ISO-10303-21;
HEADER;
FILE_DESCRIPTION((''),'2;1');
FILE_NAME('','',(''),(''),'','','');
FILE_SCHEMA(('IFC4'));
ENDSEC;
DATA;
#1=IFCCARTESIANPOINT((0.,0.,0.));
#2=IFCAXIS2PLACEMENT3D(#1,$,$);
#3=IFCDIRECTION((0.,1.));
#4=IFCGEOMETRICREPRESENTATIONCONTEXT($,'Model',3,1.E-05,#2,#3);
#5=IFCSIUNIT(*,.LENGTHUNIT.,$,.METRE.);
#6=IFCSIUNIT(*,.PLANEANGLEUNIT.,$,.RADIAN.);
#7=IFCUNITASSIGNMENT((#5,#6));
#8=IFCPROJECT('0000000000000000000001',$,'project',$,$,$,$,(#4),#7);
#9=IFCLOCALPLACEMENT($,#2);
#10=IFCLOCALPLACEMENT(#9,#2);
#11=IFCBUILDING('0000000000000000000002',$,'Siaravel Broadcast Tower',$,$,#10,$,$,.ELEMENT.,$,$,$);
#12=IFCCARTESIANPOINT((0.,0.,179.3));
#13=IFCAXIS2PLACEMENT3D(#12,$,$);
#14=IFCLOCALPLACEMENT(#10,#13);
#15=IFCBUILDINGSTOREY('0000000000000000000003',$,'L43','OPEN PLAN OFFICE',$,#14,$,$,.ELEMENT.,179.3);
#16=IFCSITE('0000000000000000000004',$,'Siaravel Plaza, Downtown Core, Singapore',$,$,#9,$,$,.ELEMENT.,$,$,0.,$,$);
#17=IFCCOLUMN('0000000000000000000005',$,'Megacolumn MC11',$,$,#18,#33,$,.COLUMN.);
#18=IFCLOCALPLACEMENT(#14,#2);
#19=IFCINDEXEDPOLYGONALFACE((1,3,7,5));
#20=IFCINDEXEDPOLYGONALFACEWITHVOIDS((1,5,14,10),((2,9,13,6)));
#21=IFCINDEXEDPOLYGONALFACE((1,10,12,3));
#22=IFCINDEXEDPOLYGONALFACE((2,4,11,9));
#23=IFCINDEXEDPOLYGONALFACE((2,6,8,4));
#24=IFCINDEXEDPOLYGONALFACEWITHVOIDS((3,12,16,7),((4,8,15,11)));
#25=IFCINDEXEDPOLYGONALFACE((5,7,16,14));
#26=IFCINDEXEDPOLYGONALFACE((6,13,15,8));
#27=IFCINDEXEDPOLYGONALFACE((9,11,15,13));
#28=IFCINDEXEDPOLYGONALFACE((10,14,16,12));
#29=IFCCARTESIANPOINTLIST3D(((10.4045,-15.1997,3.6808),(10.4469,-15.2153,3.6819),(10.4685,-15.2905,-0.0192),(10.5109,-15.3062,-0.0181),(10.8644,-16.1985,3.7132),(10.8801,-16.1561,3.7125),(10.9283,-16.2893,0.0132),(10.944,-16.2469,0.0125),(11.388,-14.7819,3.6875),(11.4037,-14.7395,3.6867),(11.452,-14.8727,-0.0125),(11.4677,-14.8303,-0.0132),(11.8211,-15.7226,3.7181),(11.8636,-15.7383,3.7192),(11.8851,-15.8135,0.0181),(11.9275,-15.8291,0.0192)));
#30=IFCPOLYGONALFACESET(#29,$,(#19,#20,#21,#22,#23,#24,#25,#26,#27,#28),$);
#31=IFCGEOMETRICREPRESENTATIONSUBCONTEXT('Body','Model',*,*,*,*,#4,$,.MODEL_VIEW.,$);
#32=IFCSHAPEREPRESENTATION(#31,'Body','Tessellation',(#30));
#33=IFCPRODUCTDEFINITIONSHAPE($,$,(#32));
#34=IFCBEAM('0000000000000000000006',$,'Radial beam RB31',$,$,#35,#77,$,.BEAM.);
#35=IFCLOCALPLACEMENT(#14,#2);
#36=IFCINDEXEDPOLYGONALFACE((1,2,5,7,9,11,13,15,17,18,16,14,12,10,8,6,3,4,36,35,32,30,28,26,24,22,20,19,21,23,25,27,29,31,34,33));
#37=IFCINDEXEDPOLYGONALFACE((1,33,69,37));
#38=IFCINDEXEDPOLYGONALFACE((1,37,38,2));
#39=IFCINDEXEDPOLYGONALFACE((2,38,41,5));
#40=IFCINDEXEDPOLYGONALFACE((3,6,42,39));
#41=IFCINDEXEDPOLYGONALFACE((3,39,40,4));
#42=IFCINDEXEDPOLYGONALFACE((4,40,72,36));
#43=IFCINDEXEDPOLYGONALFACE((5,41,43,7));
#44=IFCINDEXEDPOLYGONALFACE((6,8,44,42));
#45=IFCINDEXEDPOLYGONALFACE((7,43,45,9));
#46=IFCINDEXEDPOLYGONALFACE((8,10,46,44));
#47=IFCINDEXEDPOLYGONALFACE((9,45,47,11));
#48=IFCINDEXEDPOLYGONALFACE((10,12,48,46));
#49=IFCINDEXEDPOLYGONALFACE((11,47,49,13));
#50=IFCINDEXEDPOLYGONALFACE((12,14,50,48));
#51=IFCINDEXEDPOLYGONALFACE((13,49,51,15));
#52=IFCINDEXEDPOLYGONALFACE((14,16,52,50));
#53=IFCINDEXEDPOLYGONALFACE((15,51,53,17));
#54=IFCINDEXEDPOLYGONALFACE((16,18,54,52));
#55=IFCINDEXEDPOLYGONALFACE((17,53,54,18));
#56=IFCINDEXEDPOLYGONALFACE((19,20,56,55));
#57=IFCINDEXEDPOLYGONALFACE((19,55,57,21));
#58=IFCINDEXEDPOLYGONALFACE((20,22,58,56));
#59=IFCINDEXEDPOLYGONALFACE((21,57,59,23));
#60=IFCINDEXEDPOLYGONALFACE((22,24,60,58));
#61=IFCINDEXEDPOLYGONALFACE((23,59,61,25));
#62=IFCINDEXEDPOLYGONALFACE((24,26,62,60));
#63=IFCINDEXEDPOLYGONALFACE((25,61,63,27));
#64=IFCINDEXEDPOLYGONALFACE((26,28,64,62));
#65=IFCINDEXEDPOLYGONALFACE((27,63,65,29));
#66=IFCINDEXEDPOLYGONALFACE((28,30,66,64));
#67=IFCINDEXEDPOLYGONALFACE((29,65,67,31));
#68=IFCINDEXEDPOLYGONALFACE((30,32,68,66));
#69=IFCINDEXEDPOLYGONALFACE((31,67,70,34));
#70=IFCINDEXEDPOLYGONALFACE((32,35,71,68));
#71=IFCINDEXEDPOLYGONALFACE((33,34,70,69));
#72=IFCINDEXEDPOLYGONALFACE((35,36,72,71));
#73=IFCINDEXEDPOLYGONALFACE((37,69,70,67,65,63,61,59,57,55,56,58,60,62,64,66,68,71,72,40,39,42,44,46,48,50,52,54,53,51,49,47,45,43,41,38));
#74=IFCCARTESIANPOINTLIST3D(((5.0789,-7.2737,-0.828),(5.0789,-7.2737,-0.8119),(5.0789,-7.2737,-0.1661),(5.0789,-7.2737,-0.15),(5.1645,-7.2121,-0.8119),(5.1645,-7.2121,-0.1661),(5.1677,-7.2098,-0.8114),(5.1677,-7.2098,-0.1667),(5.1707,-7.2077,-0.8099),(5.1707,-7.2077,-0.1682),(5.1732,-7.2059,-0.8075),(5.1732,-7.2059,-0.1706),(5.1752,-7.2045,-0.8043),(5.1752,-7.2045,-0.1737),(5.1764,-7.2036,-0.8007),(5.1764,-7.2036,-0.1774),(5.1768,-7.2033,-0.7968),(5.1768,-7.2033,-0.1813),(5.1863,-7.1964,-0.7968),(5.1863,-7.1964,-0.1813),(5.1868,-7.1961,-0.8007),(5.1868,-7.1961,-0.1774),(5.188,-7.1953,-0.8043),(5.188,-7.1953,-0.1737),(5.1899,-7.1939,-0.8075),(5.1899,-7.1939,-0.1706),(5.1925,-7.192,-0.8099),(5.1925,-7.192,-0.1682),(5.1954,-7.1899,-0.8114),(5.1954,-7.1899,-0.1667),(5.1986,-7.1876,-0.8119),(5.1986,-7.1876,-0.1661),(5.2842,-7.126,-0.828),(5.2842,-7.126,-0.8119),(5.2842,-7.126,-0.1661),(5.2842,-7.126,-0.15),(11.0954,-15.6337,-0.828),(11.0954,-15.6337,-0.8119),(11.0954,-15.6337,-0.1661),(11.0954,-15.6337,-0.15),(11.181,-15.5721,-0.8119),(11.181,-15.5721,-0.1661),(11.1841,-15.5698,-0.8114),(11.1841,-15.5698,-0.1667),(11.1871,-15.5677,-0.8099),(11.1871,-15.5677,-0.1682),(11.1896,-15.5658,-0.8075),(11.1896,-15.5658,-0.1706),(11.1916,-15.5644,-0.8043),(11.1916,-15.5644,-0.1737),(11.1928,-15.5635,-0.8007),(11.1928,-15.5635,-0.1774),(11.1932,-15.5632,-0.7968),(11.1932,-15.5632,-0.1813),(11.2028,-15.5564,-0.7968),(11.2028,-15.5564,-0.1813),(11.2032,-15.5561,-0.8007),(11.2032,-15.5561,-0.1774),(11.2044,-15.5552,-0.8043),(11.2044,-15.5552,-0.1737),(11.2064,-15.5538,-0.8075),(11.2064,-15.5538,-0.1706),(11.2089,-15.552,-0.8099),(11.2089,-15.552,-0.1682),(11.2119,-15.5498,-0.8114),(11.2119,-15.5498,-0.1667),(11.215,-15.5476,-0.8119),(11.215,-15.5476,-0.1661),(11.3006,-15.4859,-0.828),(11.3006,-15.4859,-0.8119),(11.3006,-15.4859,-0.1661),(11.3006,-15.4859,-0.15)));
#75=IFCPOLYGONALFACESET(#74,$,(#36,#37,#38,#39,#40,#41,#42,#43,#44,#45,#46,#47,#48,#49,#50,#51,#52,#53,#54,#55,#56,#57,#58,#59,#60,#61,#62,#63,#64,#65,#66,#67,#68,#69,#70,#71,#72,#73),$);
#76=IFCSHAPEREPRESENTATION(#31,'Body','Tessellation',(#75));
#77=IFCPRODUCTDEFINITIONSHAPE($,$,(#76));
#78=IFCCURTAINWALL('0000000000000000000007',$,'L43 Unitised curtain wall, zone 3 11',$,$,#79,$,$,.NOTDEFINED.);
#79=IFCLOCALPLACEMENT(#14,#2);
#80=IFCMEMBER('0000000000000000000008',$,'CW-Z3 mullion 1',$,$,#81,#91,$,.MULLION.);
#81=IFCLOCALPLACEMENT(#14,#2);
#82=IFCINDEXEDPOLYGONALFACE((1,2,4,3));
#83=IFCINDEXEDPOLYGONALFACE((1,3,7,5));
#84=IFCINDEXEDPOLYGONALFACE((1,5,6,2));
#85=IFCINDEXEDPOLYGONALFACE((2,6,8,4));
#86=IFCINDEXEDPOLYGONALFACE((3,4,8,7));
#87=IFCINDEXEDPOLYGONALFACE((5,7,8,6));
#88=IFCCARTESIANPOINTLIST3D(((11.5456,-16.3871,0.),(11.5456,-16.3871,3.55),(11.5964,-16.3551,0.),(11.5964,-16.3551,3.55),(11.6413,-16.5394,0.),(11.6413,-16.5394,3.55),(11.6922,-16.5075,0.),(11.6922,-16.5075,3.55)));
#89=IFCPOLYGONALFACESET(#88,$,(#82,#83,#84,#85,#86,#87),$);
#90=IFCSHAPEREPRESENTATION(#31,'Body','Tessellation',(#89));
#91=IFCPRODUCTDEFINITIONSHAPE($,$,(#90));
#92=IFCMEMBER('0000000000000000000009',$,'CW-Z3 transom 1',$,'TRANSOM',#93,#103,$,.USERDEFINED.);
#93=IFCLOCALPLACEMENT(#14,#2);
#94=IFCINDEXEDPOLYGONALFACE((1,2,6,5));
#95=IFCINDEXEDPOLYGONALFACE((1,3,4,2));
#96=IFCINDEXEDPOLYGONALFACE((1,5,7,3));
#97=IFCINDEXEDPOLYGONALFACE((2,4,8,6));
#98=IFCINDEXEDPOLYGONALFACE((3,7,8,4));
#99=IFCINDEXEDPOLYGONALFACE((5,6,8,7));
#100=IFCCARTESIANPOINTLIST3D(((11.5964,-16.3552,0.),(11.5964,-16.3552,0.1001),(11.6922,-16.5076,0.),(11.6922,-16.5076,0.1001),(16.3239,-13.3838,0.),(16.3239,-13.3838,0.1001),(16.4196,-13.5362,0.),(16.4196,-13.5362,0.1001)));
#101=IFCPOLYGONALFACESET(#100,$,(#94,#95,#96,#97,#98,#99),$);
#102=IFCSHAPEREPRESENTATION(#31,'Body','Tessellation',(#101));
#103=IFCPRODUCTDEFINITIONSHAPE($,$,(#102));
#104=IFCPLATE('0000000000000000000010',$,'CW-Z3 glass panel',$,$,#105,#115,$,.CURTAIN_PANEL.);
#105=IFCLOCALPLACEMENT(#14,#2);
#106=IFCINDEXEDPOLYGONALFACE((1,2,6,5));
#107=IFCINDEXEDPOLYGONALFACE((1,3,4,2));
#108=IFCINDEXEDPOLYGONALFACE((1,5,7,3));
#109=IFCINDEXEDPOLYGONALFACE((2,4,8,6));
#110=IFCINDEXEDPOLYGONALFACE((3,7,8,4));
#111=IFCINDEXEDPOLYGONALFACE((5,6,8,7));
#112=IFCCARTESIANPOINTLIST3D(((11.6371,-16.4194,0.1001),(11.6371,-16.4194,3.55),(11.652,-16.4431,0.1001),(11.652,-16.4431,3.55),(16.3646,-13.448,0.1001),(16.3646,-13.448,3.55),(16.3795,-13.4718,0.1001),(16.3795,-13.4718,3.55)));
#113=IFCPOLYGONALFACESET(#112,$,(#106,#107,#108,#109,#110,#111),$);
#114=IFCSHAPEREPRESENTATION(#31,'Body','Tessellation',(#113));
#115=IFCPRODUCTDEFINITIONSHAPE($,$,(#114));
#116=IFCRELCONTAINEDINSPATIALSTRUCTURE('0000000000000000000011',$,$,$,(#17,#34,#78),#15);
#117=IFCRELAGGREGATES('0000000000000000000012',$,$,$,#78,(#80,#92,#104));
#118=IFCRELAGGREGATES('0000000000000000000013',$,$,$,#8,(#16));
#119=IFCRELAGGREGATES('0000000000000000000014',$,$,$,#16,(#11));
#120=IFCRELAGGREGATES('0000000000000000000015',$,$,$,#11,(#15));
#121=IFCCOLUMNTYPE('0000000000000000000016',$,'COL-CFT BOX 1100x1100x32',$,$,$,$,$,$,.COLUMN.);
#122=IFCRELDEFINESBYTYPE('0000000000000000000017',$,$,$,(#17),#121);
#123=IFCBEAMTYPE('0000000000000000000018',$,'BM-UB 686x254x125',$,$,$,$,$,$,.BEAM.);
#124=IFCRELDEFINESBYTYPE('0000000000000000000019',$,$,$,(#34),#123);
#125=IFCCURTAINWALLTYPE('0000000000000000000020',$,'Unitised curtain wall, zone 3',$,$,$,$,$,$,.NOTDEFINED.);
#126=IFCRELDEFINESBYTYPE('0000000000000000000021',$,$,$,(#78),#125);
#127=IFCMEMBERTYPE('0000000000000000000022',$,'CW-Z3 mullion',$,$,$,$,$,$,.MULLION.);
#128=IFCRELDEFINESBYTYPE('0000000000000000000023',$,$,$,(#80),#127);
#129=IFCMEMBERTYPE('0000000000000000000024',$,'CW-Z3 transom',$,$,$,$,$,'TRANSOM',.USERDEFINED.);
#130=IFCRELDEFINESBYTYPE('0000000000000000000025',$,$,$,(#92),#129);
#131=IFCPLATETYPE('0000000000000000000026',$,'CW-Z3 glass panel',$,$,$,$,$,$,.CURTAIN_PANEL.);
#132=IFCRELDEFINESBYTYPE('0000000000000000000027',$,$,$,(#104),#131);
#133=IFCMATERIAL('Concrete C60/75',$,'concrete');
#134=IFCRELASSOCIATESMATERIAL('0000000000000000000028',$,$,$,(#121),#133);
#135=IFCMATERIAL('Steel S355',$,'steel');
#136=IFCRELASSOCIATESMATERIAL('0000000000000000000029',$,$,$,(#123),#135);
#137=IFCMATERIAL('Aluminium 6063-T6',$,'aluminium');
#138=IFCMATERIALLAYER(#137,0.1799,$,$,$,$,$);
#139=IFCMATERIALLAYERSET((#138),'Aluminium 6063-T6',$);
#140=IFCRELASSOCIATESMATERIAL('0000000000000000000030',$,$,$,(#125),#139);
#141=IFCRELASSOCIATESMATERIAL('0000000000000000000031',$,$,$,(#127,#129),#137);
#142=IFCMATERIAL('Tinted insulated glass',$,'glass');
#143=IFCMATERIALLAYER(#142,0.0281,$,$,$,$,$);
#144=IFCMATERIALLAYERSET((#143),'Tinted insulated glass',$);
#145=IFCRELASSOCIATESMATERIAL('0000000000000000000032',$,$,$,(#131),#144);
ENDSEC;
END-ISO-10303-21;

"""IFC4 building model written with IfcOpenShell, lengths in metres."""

from ifc_helpers import new_model, si_unit, direction, frame, origin, origin_2d, place, context, subcontext, project, spatial, rectangle, hollow_rectangle, i_section, extrude, material, layer, layer_set, material_profile, profile_set, type_object, element, aggregate, save


model = new_model("IFC4")

# Units and contexts
model_context = context("Model", 3, precision=1e-05, world=origin(), true_north=direction((0.0, 1.0)))
body_context = subcontext(model_context, "Body", "Model", "MODEL_VIEW")
ifc_project = project(units=[si_unit("LENGTHUNIT", "METRE"), si_unit("PLANEANGLEUNIT", "RADIAN")], contexts=[model_context])

# Site, building, storey
site_placement = place(None, origin())
site = spatial("IfcSite", under=ifc_project, at=site_placement, Name="Siaravel Plaza, Downtown Core, Singapore", CompositionType="ELEMENT", RefElevation=0.0)
building_placement = place(site_placement, origin())
building = spatial("IfcBuilding", under=site, at=building_placement, Name="Siaravel Broadcast Tower", CompositionType="ELEMENT")
storey_placement = place(building_placement, frame((0.0, 0.0, 179.3)))
storey = spatial("IfcBuildingStorey", under=building, at=storey_placement, Name="L43", Description="OPEN PLAN OFFICE", CompositionType="ELEMENT", Elevation=179.3)

# Column
ifc_material_1 = material(Name="Concrete C60/75", Category="concrete")
ifc_material_profile_1 = material_profile(ifc_material_1, hollow_rectangle(XDim=1.1001, YDim=1.1001, WallThickness=0.032, at=origin_2d()))
ifc_profile_set_1 = profile_set([ifc_material_profile_1], Name="Concrete C60/75")
column_type = type_object("IfcColumnType", Name="COL-CFT BOX 1100x1100x32", PredefinedType="COLUMN", material=ifc_profile_set_1)
column_placement = place(storey_placement, frame((11.198, -15.5598, 0.0), z_axis=(-0.01728, 0.024535, 0.99955), x_axis=(-0.908271, -0.418347, -0.005433)))
element("IfcColumn", 1, at=column_placement, inside=storey, type_object=column_type, Name="Megacolumn MC11", PredefinedType="COLUMN", context=body_context, shape_type="SweptSolid", body=[
    extrude(hollow_rectangle(XDim=1.1001, YDim=1.1001, WallThickness=0.032, at=origin_2d()), origin(), (0.0, 0.0, 1.0), 3.7017),
])

# Beam
ifc_material_2 = material(Name="Steel S355", Category="steel")
ifc_material_profile_2 = material_profile(ifc_material_2, i_section(OverallWidth=0.2529, OverallDepth=0.678, WebThickness=0.0117, FlangeThickness=0.0161, FilletRadius=0.0151, at=origin_2d()))
ifc_profile_set_2 = profile_set([ifc_material_profile_2], Name="Steel S355")
beam_type = type_object("IfcBeamType", Name="BM-UB 686x254x125", PredefinedType="BEAM", material=ifc_profile_set_2)
beam_placement = place(storey_placement, frame((11.198, -15.5598, -0.489), z_axis=(-0.584129, 0.811661, 0.0), x_axis=(-0.811661, -0.584129, 0.0)))
element("IfcBeam", 2, at=beam_placement, inside=storey, type_object=beam_type, Name="Radial beam RB31", PredefinedType="BEAM", context=body_context, shape_type="SweptSolid", body=[
    extrude(i_section(OverallWidth=0.2529, OverallDepth=0.678, WebThickness=0.0117, FlangeThickness=0.0161, FilletRadius=0.0151, at=origin_2d()), origin(), (0.0, 0.0, 1.0), 10.2998),
])

# Curtain wall, members, plate
ifc_material_3 = material(Name="Aluminium 6063-T6", Category="aluminium")
ifc_layer_1 = layer(ifc_material_3, 0.1799)
ifc_layer_set_1 = layer_set([ifc_layer_1], Name="Aluminium 6063-T6")
curtain_wall_type = type_object("IfcCurtainWallType", Name="Unitised curtain wall, zone 3", PredefinedType="NOTDEFINED", material=ifc_layer_set_1)
curtain_wall_placement = place(storey_placement, origin())
curtain_wall = element("IfcCurtainWall", 3, at=curtain_wall_placement, inside=storey, type_object=curtain_wall_type, Name="L43 Unitised curtain wall, zone 3 11", PredefinedType="NOTDEFINED")
ifc_material_profile_3 = material_profile(ifc_material_3, rectangle(XDim=0.1799, YDim=0.0601, at=origin_2d()))
ifc_profile_set_3 = profile_set([ifc_material_profile_3], Name="Aluminium 6063-T6")
member_type_1 = type_object("IfcMemberType", Name="CW-Z3 mullion", PredefinedType="MULLION", material=ifc_profile_set_3)
member_1_placement = place(storey_placement, frame((11.6189, -16.4473, 0.0), z_axis=(0.0, 0.0, 1.0), x_axis=(-0.532149, 0.846651, 0.0)))
member_1 = element("IfcMember", 4, at=member_1_placement, type_object=member_type_1, Name="CW-Z3 mullion 1", PredefinedType="MULLION", context=body_context, shape_type="SweptSolid", body=[
    extrude(rectangle(XDim=0.1799, YDim=0.0601, at=origin_2d()), origin(), (0.0, 0.0, 1.0), 3.55),
])
ifc_material_profile_4 = material_profile(ifc_material_3, rectangle(XDim=0.1799, YDim=0.1001, at=origin_2d()))
ifc_profile_set_4 = profile_set([ifc_material_profile_4], Name="Aluminium 6063-T6")
member_type_2 = type_object("IfcMemberType", Name="CW-Z3 transom", ElementType="TRANSOM", PredefinedType="USERDEFINED", material=ifc_profile_set_4)
member_2_placement = place(storey_placement, frame((11.6443, -16.4314, 0.05), z_axis=(0.846649, 0.532151, 0.0), x_axis=(-0.532151, 0.846649, 0.0)))
member_2 = element("IfcMember", 5, at=member_2_placement, type_object=member_type_2, Name="CW-Z3 transom 1", ObjectType="TRANSOM", PredefinedType="USERDEFINED", context=body_context, shape_type="SweptSolid", body=[
    extrude(rectangle(XDim=0.1799, YDim=0.1001, at=origin_2d()), origin(), (0.0, 0.0, 1.0), 5.5837),
])
ifc_material_4 = material(Name="Tinted insulated glass", Category="glass")
ifc_layer_2 = layer(ifc_material_4, 0.0281)
ifc_layer_set_2 = layer_set([ifc_layer_2], Name="Tinted insulated glass")
plate_type = type_object("IfcPlateType", Name="CW-Z3 glass panel", PredefinedType="CURTAIN_PANEL", material=ifc_layer_set_2)
plate_placement = place(storey_placement, frame((14.0083, -14.9456, 0.1001), z_axis=(0.0, 0.0, 1.0), x_axis=(0.846651, 0.532149, 0.0)))
plate = element("IfcPlate", 6, at=plate_placement, type_object=plate_type, Name="CW-Z3 glass panel", PredefinedType="CURTAIN_PANEL", context=body_context, shape_type="SweptSolid", body=[
    extrude(rectangle(XDim=5.5837, YDim=0.0281, at=origin_2d()), origin(), (0.0, 0.0, 1.0), 3.45),
])
aggregate(curtain_wall, [member_1, member_2, plate])

save(model, "model.ifc")
